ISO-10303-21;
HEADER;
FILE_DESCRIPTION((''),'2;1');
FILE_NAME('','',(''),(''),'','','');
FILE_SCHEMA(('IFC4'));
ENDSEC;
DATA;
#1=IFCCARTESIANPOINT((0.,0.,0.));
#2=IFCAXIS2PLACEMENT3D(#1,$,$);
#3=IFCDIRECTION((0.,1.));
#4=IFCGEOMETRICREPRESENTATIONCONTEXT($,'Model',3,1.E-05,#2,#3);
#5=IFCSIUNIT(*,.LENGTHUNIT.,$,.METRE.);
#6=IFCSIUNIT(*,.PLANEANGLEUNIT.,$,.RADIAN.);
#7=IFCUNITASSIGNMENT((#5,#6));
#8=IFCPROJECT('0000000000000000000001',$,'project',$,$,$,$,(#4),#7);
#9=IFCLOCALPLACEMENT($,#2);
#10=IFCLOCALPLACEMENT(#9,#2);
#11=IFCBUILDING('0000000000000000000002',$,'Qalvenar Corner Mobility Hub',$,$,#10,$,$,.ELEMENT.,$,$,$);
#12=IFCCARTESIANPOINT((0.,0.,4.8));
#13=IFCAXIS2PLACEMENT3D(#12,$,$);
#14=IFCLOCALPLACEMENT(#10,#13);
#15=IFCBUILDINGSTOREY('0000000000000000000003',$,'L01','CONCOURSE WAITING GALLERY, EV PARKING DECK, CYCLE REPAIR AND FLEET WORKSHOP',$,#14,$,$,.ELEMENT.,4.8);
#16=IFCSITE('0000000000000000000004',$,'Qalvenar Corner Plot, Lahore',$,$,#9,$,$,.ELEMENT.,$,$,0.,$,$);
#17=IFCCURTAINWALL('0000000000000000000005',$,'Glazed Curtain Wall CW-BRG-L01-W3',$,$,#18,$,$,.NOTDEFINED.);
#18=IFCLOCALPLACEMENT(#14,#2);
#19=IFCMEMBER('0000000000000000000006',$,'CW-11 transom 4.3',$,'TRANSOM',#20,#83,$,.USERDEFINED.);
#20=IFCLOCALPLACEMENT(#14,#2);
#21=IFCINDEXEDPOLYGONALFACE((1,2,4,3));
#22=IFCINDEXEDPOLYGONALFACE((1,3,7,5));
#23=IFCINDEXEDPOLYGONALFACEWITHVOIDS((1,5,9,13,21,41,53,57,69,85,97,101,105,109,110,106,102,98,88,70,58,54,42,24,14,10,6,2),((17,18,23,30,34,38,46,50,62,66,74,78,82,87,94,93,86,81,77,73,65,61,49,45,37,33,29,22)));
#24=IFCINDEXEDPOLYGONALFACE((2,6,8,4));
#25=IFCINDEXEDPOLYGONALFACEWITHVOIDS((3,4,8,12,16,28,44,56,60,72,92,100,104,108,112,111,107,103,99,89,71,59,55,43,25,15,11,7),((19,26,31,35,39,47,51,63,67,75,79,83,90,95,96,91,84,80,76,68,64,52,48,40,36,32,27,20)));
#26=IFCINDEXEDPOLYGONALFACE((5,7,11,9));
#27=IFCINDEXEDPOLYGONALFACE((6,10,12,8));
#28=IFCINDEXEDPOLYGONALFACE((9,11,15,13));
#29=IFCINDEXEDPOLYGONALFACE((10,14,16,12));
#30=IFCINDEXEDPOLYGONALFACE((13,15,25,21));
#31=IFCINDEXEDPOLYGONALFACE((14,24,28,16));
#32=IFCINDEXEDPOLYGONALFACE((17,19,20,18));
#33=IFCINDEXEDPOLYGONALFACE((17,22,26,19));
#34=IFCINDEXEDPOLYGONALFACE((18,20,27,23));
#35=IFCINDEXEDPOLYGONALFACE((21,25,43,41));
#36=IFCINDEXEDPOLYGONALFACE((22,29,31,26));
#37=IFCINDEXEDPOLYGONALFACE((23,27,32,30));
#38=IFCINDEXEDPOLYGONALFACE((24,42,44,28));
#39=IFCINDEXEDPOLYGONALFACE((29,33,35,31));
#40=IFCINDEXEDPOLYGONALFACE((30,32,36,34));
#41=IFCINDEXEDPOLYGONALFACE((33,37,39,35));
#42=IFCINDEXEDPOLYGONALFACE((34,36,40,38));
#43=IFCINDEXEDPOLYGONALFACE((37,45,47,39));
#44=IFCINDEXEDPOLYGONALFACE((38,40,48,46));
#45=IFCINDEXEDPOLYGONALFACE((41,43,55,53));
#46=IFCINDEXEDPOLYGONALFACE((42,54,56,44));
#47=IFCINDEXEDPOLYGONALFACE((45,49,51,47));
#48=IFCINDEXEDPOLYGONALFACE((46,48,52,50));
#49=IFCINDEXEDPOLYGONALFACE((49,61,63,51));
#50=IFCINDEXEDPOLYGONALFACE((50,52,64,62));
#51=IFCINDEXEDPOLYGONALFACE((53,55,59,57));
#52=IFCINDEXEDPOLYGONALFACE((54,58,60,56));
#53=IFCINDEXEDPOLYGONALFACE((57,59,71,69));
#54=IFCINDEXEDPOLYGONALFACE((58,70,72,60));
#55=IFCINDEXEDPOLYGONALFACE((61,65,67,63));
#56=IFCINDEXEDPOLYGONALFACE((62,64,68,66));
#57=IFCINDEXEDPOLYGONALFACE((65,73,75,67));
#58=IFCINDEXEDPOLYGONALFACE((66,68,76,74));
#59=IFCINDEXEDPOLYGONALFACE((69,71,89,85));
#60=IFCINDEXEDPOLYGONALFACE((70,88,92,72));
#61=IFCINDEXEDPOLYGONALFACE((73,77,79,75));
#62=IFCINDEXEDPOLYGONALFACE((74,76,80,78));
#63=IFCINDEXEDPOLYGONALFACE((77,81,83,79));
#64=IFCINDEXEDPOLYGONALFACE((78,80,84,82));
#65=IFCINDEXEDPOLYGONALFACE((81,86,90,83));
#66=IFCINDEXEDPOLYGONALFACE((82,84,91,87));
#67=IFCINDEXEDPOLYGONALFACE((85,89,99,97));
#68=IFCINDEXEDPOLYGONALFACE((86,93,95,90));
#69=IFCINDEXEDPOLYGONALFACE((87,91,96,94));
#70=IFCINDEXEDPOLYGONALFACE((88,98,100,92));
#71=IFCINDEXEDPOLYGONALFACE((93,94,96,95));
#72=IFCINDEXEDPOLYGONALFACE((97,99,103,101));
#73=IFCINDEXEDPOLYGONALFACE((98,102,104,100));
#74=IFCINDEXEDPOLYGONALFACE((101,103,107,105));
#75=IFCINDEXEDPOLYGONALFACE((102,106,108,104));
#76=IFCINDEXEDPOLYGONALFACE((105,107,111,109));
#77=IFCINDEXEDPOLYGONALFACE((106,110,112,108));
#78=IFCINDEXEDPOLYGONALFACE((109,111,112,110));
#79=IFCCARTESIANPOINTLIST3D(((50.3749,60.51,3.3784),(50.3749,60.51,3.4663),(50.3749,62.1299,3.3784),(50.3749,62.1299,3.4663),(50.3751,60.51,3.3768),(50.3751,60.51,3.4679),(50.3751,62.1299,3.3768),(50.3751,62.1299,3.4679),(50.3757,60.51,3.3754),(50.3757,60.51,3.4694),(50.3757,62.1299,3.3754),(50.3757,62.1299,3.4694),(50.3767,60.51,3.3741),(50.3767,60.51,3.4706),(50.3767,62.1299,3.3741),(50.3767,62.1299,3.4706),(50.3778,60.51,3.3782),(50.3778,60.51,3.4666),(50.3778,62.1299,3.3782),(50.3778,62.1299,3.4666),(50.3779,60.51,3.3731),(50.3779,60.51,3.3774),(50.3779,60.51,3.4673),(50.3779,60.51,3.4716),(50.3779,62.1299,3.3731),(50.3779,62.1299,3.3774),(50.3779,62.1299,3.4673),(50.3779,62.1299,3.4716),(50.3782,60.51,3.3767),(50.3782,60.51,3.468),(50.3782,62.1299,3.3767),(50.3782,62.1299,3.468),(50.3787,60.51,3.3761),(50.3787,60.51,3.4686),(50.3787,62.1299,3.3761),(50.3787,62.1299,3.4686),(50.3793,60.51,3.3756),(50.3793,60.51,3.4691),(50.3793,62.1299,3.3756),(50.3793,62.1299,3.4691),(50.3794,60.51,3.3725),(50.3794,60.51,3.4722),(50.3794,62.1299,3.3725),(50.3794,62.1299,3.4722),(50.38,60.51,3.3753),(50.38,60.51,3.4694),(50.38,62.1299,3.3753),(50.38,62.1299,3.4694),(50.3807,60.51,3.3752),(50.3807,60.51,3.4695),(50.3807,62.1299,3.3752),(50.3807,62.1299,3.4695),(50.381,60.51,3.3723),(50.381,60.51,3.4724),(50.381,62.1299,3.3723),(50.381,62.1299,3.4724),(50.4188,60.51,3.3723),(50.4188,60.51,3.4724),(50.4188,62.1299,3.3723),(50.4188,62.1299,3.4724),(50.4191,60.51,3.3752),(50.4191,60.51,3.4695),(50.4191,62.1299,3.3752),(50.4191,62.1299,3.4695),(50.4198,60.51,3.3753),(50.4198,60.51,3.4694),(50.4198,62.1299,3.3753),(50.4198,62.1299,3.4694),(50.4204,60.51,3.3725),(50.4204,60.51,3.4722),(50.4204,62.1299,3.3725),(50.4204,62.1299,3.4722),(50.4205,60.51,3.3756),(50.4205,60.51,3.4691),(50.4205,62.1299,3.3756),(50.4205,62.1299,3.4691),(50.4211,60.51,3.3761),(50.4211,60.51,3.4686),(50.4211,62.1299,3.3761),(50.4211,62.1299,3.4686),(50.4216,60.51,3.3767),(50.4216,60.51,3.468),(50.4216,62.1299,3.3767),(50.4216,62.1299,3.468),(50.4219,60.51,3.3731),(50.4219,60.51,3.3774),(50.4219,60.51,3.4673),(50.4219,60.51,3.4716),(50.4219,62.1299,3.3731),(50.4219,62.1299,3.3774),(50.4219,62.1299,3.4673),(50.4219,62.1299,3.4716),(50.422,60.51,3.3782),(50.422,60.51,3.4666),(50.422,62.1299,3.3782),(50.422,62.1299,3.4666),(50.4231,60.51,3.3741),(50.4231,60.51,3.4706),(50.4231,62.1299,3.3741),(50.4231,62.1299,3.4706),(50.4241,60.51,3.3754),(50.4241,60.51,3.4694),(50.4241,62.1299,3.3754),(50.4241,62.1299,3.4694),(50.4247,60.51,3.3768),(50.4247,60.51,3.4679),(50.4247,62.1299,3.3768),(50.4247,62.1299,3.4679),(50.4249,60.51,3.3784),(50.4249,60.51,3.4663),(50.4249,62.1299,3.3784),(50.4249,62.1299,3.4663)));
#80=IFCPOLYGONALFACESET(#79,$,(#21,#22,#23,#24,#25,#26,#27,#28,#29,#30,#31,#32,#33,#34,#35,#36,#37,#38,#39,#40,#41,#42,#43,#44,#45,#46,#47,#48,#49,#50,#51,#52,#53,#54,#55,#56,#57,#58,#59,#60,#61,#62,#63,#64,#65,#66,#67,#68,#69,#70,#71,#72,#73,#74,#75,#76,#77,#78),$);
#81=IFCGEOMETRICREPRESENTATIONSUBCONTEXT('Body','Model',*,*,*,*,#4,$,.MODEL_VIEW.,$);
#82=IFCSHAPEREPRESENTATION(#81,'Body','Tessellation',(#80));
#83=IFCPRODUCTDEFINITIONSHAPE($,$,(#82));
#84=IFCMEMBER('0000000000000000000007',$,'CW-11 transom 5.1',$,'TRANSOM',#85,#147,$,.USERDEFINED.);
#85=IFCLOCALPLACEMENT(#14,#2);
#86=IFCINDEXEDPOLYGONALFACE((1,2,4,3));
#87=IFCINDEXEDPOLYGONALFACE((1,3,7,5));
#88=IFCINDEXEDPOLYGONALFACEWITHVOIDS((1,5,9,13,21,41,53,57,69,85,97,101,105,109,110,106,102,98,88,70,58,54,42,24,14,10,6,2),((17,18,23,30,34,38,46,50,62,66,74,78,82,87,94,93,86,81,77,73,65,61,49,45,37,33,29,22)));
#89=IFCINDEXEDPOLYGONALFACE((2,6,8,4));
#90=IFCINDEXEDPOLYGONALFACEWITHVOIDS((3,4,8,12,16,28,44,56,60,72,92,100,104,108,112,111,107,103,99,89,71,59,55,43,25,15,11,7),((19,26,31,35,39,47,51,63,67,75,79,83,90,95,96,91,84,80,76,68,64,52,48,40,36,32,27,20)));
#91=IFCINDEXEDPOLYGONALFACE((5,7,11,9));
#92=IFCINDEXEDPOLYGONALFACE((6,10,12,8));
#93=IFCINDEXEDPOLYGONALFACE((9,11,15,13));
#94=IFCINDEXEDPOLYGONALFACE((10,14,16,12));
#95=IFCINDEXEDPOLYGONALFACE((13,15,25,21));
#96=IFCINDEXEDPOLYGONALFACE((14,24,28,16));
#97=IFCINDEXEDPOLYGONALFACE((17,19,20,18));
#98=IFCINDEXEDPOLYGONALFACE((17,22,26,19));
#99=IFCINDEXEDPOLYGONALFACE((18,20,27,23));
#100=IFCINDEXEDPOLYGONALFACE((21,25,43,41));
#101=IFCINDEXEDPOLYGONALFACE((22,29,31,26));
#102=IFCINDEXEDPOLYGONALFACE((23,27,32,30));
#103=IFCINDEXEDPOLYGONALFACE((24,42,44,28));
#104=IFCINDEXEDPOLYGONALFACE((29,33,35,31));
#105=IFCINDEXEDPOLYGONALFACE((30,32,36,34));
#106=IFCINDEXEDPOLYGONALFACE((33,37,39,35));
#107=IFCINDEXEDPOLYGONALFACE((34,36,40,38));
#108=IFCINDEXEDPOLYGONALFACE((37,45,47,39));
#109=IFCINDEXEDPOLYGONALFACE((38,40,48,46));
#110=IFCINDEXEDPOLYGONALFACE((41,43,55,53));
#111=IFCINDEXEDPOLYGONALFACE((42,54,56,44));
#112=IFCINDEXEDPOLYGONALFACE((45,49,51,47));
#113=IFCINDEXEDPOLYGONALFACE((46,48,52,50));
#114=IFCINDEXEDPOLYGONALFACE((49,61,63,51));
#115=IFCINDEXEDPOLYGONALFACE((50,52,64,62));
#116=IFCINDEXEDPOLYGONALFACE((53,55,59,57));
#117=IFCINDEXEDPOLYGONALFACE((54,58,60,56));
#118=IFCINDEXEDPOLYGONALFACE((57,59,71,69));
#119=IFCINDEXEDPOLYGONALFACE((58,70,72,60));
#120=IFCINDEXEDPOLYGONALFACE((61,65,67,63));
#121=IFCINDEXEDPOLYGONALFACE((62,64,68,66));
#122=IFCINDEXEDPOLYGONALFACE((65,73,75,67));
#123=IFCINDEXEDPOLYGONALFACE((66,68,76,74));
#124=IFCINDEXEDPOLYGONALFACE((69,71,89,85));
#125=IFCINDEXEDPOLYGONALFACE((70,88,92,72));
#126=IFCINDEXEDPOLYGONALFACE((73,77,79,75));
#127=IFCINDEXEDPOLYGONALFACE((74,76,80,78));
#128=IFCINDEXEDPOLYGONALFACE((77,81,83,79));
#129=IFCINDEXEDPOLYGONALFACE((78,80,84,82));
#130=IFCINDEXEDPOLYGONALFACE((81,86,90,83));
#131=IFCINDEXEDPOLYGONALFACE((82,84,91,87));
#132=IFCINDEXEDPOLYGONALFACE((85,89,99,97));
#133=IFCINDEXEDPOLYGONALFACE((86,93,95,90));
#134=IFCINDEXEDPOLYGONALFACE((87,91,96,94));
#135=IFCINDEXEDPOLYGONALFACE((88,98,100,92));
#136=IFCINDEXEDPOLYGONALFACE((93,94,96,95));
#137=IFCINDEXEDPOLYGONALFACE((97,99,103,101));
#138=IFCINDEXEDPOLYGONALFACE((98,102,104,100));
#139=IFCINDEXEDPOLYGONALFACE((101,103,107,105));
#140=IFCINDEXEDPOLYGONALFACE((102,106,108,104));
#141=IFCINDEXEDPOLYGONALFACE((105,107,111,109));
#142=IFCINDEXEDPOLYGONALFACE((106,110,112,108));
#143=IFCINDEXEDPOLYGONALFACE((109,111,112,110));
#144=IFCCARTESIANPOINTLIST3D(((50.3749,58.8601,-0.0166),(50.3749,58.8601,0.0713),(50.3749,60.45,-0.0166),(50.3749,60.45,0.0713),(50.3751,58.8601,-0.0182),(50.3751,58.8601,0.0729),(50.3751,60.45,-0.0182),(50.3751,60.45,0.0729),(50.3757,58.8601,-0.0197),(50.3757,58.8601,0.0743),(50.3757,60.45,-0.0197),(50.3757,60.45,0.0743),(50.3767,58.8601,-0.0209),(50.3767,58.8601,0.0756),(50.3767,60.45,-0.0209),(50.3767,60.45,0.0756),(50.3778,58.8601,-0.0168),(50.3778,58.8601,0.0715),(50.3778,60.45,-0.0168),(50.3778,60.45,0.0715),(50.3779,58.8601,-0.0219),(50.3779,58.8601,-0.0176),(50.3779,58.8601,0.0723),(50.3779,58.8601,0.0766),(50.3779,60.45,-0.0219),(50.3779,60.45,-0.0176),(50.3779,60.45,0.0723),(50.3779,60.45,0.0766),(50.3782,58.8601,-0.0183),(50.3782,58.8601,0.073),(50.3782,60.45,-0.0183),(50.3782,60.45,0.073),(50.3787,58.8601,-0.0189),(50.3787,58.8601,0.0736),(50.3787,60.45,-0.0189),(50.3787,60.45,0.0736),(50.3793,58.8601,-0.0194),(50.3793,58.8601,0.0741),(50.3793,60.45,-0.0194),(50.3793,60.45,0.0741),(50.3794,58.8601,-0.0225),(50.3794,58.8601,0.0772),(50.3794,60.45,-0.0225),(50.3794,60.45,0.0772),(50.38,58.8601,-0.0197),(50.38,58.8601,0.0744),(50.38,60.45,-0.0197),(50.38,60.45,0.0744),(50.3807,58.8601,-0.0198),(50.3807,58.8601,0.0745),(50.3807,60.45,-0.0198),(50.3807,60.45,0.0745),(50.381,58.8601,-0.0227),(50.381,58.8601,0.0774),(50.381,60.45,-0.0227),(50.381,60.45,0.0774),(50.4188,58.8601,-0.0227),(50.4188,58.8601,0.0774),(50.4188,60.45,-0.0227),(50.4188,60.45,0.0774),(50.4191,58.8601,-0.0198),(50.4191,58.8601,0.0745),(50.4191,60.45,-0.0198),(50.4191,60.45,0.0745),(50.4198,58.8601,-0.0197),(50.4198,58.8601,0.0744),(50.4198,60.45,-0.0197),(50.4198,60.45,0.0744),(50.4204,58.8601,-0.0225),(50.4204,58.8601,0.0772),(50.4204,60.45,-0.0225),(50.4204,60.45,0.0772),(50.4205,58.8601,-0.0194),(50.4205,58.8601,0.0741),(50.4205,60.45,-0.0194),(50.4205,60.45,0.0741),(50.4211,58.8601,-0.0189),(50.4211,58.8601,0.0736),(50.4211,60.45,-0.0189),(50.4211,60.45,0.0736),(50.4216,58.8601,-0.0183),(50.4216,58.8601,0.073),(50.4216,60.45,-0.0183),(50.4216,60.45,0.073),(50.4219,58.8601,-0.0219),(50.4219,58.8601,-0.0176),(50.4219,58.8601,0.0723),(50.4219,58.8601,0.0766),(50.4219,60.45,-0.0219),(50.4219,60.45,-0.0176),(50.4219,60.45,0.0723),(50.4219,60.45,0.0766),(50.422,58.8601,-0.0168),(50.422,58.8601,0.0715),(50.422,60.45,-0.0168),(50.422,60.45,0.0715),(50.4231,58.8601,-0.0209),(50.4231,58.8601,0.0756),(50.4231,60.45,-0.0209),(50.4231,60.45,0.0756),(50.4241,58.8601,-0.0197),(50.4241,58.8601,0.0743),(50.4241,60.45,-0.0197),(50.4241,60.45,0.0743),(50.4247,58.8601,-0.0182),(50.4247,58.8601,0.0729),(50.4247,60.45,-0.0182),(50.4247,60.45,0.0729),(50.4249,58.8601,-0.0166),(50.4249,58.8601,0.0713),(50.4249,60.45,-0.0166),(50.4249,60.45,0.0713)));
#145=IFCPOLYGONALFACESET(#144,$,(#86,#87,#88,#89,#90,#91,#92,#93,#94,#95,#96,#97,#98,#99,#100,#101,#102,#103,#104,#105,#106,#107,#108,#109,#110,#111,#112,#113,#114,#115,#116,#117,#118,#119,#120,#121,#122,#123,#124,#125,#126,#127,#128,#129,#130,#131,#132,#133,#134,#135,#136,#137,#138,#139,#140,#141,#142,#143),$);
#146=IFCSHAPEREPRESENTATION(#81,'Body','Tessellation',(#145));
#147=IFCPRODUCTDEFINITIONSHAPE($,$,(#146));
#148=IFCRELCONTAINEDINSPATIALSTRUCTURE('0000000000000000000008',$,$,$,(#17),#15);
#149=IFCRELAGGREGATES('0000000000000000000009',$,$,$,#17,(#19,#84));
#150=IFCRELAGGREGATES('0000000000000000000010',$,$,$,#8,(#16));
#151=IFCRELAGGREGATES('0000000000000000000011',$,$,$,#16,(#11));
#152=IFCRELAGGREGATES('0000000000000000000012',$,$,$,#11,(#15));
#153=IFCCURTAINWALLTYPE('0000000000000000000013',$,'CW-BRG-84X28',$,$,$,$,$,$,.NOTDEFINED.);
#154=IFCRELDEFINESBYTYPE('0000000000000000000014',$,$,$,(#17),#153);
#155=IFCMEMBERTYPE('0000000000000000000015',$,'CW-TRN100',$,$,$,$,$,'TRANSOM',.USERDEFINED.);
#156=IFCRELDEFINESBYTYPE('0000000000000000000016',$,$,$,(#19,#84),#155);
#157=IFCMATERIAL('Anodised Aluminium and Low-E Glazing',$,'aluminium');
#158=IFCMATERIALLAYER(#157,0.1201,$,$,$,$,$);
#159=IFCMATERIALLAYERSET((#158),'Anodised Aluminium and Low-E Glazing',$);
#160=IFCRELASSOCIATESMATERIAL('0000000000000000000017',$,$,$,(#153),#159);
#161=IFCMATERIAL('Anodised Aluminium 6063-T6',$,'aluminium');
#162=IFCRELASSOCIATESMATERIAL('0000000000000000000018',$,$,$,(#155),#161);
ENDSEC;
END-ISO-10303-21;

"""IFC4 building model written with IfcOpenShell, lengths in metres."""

from ifc_helpers import new_model, si_unit, direction, frame, origin, origin_2d, place, context, subcontext, project, spatial, hollow_rectangle, extrude, material, layer, layer_set, material_profile, profile_set, type_object, element, aggregate, save


model = new_model("IFC4")

# Units and contexts
model_context = context("Model", 3, precision=1e-05, world=origin(), true_north=direction((0.0, 1.0)))
body_context = subcontext(model_context, "Body", "Model", "MODEL_VIEW")
ifc_project = project(units=[si_unit("LENGTHUNIT", "METRE"), si_unit("PLANEANGLEUNIT", "RADIAN")], contexts=[model_context])

# Site, building, storey
site_placement = place(None, origin())
site = spatial("IfcSite", under=ifc_project, at=site_placement, Name="Qalvenar Corner Plot, Lahore", CompositionType="ELEMENT", RefElevation=0.0)
building_placement = place(site_placement, origin())
building = spatial("IfcBuilding", under=site, at=building_placement, Name="Qalvenar Corner Mobility Hub", CompositionType="ELEMENT")
storey_placement = place(building_placement, frame((0.0, 0.0, 4.8)))
storey = spatial("IfcBuildingStorey", under=building, at=storey_placement, Name="L01", Description="CONCOURSE WAITING GALLERY, EV PARKING DECK, CYCLE REPAIR AND FLEET WORKSHOP", CompositionType="ELEMENT", Elevation=4.8)

# Shared definitions
ifc_material_1 = material(Name="Anodised Aluminium and Low-E Glazing", Category="aluminium")
ifc_layer_1 = layer(ifc_material_1, 0.1201)
ifc_layer_set_1 = layer_set([ifc_layer_1], Name="Anodised Aluminium and Low-E Glazing")
curtain_wall_type = type_object("IfcCurtainWallType", Name="CW-BRG-84X28", PredefinedType="NOTDEFINED", material=ifc_layer_set_1)
ifc_material_2 = material(Name="Anodised Aluminium 6063-T6", Category="aluminium")

# Curtain wall
curtain_wall_1_placement = place(storey_placement, origin())
curtain_wall_1 = element("IfcCurtainWall", 1, at=curtain_wall_1_placement, inside=storey, type_object=curtain_wall_type, Name="Glazed Curtain Wall CW-BRG-L01-W3", PredefinedType="NOTDEFINED")

# Members
ifc_material_profile_1 = material_profile(ifc_material_2, hollow_rectangle(XDim=0.05, YDim=0.1001, WallThickness=0.0029, InnerFilletRadius=0.0029, OuterFilletRadius=0.0061, at=origin_2d()), Name="RHS100x50x3")
ifc_profile_set_1 = profile_set([ifc_material_profile_1], Name="Anodised Aluminium 6063-T6")
member_type_1 = type_object("IfcMemberType", Name="CW-TRN100", ElementType="TRANSOM", PredefinedType="USERDEFINED", material=ifc_profile_set_1)
member_1_placement = place(storey_placement, frame((50.3999, 62.1299, 3.4224), z_axis=(0.0, -1.0, 0.0), x_axis=(1.0, 0.0, 0.0)))
member_1 = element("IfcMember", 2, at=member_1_placement, type_object=member_type_1, Name="CW-11 transom 4.3", ObjectType="TRANSOM", PredefinedType="USERDEFINED", context=body_context, shape_type="SweptSolid", body=[
    extrude(hollow_rectangle(XDim=0.05, YDim=0.1001, WallThickness=0.0029, InnerFilletRadius=0.0029, OuterFilletRadius=0.0061, at=origin_2d()), origin(), (0.0, 0.0, 1.0), 1.6199),
])
member_2_placement = place(storey_placement, frame((50.3999, 60.45, 0.0273), z_axis=(0.0, -1.0, 0.0), x_axis=(1.0, 0.0, 0.0)))
member_2 = element("IfcMember", 3, at=member_2_placement, type_object=member_type_1, Name="CW-11 transom 5.1", ObjectType="TRANSOM", PredefinedType="USERDEFINED", context=body_context, shape_type="SweptSolid", body=[
    extrude(hollow_rectangle(XDim=0.05, YDim=0.1001, WallThickness=0.0029, InnerFilletRadius=0.0029, OuterFilletRadius=0.0061, at=origin_2d()), origin(), (0.0, 0.0, 1.0), 1.5898),
])

aggregate(curtain_wall_1, [member_1, member_2])

save(model, "model.ifc")
